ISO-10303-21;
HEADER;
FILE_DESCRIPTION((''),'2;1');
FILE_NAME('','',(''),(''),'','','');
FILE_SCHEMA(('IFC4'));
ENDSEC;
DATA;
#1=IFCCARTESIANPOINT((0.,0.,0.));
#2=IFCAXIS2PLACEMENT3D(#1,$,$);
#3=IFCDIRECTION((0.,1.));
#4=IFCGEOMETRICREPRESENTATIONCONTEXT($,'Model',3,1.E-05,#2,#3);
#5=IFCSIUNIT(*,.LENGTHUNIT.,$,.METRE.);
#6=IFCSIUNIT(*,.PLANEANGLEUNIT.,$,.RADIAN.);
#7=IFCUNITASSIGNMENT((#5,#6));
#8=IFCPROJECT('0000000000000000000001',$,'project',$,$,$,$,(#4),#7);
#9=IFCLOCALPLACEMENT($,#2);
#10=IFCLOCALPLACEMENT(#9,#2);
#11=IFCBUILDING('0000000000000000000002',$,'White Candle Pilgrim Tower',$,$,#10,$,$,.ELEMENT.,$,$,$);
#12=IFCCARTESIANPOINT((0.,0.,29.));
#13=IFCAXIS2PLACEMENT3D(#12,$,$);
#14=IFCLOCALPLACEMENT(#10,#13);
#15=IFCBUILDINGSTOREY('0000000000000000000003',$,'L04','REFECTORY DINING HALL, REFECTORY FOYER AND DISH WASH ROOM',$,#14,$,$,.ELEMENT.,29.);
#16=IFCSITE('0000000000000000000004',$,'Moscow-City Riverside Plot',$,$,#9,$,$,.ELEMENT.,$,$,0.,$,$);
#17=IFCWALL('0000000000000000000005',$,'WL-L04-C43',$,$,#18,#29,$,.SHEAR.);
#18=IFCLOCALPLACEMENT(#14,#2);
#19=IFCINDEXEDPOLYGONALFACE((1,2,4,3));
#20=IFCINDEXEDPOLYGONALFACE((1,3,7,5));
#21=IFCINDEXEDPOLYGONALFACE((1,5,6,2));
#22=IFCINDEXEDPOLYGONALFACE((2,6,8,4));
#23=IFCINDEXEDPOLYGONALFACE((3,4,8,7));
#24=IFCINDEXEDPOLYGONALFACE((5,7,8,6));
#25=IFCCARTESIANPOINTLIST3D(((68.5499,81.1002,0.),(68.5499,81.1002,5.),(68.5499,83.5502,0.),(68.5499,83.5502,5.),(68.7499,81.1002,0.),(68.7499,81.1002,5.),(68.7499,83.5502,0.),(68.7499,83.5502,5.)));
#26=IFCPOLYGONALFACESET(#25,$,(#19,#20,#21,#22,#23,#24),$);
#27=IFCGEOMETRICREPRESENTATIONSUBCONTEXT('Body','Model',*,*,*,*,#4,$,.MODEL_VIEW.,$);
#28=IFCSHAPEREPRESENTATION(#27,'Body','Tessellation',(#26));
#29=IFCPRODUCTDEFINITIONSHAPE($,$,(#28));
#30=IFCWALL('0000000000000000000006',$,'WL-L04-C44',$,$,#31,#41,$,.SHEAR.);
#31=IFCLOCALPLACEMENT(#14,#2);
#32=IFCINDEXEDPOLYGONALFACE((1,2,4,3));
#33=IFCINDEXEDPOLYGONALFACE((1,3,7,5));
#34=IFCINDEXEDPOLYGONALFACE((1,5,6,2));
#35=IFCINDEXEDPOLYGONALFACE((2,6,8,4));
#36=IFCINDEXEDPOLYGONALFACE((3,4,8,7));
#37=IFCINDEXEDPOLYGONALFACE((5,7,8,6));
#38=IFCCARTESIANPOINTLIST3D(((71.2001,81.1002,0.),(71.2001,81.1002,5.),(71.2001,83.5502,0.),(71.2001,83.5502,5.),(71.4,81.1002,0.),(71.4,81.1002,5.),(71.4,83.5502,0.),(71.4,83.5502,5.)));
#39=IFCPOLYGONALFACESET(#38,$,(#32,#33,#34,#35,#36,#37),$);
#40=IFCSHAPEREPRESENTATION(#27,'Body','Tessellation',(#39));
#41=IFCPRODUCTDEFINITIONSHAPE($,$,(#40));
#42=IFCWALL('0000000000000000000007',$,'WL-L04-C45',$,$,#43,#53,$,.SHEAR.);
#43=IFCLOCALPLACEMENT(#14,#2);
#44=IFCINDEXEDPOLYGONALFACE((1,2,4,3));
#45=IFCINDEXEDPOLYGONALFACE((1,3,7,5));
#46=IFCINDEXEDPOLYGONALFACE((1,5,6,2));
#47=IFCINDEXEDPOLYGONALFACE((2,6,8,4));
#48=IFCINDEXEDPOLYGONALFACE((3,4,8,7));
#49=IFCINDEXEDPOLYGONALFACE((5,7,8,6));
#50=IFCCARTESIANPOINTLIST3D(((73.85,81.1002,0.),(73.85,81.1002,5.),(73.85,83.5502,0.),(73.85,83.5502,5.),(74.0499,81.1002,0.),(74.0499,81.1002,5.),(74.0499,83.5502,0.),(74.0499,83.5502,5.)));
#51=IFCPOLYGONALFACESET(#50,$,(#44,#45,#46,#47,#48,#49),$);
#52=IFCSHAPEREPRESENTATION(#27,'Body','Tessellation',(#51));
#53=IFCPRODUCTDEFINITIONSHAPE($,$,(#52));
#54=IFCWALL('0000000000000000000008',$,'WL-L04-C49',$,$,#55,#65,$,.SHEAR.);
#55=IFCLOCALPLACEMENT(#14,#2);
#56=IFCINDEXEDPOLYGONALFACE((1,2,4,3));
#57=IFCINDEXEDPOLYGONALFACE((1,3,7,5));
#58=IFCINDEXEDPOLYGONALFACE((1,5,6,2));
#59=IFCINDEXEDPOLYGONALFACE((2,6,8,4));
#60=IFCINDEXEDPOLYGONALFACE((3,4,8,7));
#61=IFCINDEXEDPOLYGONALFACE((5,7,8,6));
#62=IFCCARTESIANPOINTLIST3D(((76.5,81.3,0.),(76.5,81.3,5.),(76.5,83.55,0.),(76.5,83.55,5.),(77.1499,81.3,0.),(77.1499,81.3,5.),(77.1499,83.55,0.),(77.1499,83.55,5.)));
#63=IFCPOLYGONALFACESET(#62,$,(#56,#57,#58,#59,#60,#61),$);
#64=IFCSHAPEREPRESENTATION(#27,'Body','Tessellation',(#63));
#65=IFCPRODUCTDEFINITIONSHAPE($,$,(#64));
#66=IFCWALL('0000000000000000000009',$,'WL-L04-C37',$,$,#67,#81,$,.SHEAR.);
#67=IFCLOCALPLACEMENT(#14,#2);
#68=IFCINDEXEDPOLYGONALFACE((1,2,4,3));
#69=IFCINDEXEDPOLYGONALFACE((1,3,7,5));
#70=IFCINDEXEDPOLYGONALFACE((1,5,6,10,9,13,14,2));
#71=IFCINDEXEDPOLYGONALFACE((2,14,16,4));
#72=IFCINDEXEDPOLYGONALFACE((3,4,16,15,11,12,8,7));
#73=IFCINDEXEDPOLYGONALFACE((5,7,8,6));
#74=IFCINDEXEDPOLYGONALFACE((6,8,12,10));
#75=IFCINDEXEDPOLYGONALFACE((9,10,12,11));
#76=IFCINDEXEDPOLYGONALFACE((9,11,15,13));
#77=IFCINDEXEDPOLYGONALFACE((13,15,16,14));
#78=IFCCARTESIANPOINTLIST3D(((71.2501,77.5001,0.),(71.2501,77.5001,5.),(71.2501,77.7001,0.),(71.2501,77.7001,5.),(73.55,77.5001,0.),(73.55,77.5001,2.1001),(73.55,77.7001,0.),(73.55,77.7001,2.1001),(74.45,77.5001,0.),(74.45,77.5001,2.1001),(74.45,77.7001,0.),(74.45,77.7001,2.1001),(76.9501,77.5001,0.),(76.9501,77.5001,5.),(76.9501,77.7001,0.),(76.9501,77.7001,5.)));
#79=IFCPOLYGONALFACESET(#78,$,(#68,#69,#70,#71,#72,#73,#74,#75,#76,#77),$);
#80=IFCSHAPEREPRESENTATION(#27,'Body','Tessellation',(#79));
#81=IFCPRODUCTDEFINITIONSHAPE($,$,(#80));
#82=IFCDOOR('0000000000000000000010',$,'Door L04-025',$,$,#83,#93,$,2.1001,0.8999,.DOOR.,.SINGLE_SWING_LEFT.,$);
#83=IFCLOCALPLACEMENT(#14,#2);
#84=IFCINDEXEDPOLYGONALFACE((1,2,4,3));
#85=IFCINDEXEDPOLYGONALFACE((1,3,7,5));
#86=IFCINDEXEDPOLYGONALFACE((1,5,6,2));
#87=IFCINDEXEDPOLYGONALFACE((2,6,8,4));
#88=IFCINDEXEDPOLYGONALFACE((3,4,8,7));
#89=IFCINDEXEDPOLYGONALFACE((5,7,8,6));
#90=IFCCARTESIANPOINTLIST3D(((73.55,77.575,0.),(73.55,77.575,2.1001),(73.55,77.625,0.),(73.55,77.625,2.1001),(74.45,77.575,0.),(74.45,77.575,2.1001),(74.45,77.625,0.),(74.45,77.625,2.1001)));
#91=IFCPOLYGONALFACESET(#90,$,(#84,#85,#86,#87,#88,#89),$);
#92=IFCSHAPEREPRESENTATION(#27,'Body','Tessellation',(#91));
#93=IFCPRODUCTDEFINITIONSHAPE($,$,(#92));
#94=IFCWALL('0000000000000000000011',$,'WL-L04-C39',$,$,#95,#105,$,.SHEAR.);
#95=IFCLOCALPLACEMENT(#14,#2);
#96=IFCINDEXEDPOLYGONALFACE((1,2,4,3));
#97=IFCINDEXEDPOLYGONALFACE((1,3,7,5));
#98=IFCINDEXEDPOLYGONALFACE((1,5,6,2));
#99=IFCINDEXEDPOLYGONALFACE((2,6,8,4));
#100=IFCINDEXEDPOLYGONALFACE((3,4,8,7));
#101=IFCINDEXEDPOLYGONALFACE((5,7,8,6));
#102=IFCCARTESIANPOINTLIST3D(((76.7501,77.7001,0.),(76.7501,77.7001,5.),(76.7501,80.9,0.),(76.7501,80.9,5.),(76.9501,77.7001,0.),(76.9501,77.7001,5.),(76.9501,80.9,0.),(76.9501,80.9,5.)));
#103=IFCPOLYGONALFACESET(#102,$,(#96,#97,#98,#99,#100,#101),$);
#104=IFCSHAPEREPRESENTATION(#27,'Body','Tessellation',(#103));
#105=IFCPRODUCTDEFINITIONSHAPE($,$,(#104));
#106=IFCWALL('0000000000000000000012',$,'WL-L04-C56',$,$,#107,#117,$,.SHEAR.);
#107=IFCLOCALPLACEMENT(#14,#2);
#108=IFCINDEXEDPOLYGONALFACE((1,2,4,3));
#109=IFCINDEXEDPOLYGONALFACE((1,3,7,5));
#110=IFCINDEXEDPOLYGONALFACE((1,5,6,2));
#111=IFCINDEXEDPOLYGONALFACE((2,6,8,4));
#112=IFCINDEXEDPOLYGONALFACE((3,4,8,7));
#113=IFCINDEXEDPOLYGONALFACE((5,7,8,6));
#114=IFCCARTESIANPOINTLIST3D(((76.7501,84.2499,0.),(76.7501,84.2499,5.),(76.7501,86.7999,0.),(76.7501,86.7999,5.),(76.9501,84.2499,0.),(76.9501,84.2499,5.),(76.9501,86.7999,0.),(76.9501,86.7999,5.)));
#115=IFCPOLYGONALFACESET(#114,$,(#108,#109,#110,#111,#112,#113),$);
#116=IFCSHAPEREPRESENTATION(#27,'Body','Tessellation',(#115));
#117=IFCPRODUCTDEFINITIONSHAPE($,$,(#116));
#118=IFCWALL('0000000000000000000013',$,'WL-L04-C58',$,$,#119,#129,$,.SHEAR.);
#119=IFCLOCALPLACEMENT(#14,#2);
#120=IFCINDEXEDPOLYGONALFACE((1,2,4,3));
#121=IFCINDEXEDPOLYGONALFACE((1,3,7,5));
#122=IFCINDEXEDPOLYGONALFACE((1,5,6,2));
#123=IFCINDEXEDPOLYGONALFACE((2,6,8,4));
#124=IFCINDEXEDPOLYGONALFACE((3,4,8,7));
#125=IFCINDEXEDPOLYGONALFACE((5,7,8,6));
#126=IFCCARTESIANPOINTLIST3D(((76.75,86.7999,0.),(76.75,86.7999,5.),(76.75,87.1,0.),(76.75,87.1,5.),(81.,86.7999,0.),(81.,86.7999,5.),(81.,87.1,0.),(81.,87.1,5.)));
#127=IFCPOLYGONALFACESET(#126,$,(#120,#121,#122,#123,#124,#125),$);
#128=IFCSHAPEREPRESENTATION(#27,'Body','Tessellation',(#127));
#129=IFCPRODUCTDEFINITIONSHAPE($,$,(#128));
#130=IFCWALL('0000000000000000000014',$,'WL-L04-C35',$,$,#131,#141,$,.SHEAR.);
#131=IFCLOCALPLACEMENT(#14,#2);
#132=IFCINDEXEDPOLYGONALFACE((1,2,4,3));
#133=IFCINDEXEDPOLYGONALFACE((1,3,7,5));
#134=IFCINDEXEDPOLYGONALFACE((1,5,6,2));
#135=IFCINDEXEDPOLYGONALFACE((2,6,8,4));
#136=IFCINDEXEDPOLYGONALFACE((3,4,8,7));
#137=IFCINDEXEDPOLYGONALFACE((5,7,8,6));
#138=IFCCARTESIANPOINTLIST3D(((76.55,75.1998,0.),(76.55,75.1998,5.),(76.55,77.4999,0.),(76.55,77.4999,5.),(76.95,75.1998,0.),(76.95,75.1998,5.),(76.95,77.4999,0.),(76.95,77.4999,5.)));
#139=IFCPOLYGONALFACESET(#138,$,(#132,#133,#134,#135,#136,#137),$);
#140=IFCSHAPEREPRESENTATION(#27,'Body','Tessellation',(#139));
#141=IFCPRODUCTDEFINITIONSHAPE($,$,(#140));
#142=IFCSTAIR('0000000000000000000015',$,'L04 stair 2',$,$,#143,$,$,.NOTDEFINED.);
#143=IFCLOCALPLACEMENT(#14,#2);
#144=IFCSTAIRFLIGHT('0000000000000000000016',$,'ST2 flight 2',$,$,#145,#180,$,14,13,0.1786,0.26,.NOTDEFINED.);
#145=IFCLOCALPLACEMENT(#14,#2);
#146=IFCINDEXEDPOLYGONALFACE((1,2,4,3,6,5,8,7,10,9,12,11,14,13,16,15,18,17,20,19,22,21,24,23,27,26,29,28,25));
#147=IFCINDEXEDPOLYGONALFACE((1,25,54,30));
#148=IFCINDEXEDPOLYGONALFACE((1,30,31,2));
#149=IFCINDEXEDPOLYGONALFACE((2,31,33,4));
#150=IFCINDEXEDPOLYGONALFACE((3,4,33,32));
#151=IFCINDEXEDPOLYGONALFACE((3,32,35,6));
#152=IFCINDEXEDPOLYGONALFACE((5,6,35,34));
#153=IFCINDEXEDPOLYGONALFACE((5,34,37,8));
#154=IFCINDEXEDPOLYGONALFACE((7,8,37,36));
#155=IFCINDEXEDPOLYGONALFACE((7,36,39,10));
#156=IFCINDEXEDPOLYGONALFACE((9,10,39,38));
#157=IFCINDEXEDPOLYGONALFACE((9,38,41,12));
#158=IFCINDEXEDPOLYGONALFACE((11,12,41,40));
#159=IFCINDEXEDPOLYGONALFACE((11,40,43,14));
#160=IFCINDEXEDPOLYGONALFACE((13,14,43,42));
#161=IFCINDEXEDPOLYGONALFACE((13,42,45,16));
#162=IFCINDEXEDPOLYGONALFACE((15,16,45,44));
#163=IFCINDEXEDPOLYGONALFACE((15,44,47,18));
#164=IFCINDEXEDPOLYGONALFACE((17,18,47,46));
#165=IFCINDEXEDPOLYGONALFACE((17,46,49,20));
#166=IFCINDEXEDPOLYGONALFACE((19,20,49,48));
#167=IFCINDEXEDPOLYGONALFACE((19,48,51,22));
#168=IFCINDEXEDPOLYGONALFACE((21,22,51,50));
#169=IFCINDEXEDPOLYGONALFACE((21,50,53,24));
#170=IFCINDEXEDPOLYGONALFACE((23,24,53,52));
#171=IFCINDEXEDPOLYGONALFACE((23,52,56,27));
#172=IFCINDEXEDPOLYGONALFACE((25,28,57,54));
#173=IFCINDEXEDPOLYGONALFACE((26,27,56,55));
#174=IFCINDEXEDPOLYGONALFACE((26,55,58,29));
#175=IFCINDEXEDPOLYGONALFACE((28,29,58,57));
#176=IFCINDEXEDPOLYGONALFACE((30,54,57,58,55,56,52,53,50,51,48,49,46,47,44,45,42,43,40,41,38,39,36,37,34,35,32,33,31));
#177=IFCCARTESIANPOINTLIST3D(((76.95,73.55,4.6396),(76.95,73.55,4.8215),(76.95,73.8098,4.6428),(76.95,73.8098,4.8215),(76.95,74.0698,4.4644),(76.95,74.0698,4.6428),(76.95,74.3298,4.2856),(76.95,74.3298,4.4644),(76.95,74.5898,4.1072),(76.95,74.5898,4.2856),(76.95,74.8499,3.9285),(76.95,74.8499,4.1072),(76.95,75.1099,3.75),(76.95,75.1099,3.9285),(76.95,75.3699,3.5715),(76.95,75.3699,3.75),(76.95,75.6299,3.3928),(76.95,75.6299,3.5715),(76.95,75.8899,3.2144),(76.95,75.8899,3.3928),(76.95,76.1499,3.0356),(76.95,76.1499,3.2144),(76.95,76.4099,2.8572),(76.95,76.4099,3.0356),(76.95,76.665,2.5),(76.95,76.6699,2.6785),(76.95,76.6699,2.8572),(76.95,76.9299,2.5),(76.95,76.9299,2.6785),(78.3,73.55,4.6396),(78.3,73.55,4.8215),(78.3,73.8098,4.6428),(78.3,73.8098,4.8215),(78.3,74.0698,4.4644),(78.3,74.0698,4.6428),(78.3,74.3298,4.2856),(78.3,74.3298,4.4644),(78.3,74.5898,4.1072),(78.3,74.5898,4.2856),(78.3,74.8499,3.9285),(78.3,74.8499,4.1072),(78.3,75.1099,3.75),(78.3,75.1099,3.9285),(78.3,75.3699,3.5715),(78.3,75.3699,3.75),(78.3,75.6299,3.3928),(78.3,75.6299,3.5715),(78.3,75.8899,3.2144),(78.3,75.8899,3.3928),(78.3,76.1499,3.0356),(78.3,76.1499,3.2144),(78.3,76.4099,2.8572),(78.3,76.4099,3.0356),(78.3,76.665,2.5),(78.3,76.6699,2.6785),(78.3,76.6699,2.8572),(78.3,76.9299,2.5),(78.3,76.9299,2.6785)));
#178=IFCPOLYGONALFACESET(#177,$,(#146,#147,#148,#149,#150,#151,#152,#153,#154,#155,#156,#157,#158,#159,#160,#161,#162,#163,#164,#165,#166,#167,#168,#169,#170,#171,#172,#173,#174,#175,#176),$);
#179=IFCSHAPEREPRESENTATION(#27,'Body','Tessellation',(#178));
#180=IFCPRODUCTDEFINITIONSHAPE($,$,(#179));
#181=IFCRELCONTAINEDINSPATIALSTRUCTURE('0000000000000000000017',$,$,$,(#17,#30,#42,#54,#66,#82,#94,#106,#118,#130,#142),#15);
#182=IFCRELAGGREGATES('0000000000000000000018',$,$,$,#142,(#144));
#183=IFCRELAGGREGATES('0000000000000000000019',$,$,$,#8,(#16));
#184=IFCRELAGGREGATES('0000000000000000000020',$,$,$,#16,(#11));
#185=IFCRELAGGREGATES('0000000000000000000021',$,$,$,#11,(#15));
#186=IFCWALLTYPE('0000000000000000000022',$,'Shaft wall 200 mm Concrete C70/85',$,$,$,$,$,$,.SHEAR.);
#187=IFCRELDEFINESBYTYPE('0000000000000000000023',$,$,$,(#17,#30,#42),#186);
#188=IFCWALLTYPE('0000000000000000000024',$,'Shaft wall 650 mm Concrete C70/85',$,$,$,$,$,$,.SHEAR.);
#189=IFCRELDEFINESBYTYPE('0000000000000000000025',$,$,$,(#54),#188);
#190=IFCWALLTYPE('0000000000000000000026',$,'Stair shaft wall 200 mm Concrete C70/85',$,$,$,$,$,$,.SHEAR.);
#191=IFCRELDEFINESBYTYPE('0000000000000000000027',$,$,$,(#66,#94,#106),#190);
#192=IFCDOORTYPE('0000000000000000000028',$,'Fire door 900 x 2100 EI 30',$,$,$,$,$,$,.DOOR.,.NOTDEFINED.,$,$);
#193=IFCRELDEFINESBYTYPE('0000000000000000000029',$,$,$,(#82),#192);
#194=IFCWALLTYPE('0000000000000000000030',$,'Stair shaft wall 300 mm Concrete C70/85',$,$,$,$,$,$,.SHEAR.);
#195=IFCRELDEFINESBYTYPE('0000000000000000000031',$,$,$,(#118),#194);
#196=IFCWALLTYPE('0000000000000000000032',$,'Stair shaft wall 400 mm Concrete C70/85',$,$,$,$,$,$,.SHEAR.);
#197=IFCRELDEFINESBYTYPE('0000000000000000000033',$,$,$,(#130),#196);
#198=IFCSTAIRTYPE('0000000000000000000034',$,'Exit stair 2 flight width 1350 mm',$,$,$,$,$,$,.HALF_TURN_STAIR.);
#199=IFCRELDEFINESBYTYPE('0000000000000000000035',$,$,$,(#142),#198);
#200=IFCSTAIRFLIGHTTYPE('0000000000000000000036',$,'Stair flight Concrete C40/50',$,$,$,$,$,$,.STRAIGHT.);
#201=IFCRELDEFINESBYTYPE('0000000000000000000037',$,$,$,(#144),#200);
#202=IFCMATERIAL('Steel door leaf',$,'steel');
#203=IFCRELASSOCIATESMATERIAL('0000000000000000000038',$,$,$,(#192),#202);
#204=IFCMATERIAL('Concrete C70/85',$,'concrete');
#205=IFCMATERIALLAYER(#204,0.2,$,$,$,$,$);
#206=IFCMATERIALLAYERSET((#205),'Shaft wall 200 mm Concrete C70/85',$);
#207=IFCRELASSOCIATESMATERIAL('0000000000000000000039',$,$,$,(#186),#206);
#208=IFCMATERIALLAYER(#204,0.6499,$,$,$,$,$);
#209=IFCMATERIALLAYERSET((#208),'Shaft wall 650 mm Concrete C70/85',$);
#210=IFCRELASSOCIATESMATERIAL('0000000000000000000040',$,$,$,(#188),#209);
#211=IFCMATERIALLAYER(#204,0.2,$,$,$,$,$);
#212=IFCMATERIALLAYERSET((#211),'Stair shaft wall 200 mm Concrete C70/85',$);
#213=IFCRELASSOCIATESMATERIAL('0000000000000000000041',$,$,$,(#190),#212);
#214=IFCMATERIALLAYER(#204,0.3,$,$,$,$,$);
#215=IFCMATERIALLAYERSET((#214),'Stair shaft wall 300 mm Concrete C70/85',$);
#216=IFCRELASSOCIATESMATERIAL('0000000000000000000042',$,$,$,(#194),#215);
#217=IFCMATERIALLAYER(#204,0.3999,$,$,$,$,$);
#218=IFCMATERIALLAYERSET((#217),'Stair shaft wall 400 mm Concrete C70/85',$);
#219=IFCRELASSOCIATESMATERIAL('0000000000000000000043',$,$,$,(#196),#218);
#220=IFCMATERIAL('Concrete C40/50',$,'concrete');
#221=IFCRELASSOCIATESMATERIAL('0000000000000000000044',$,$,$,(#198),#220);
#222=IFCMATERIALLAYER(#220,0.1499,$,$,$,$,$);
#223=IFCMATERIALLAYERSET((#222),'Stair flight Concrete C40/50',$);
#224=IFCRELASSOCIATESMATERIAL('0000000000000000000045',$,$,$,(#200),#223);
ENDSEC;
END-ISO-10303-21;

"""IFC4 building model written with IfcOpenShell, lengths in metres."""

from ifc_helpers import new_model, si_unit, direction, frame, frame_2d, origin, place, context, subcontext, project, spatial, polyline, rectangle, outline, extrude, material, layer, layer_set, type_object, element, fill, aggregate, save


model = new_model("IFC4")

# Units and contexts
model_context = context("Model", 3, precision=1e-05, world=origin(), true_north=direction((0.0, 1.0)))
body_context = subcontext(model_context, "Body", "Model", "MODEL_VIEW")
ifc_project = project(units=[si_unit("LENGTHUNIT", "METRE"), si_unit("PLANEANGLEUNIT", "RADIAN")], contexts=[model_context])

# Site, building, storey
site_placement = place(None, origin())
site = spatial("IfcSite", under=ifc_project, at=site_placement, Name="Moscow-City Riverside Plot", CompositionType="ELEMENT", RefElevation=0.0)
building_placement = place(site_placement, origin())
building = spatial("IfcBuilding", under=site, at=building_placement, Name="White Candle Pilgrim Tower", CompositionType="ELEMENT")
storey_placement = place(building_placement, frame((0.0, 0.0, 29.0)))
storey = spatial("IfcBuildingStorey", under=building, at=storey_placement, Name="L04", Description="REFECTORY DINING HALL, REFECTORY FOYER AND DISH WASH ROOM", CompositionType="ELEMENT", Elevation=29.0)

# Shared definitions
ifc_material_1 = material(Name="Concrete C70/85", Category="concrete")
ifc_material_2 = material(Name="Steel door leaf", Category="steel")

# Shared definitions
door_type_1 = type_object("IfcDoorType", Name="Fire door 900 x 2100 EI 30", OperationType="NOTDEFINED", PredefinedType="DOOR", material=ifc_material_2)

# Walls
ifc_layer_1 = layer(ifc_material_1, 0.2)
ifc_layer_set_1 = layer_set([ifc_layer_1], Name="Shaft wall 200 mm Concrete C70/85")
wall_type_1 = type_object("IfcWallType", Name="Shaft wall 200 mm Concrete C70/85", PredefinedType="SHEAR", material=ifc_layer_set_1)
for number, where, z_axis, x_axis, name in (
    (1, (68.6499, 81.1001, 0.0), (0.0, 0.0, 1.0), (0.0, 1.0, 0.0), "WL-L04-C43"),
    (2, (71.3, 81.1001, 0.0), (0.0, 0.0, 1.0), (0.0, 1.0, 0.0), "WL-L04-C44"),
    (3, (73.95, 81.1001, 0.0), (0.0, 0.0, 1.0), (0.0, 1.0, 0.0), "WL-L04-C45"),
):
    element("IfcWall", number, at=place(storey_placement, frame(where, z_axis=z_axis, x_axis=x_axis)), inside=storey, type_object=wall_type_1, Name=name, PredefinedType="SHEAR", context=body_context, shape_type="SweptSolid", body=[
        extrude(rectangle(XDim=2.45, YDim=0.2, at=frame_2d((1.2251, 0.0))), origin(), (0.0, 0.0, 1.0), 5.0),
    ])
ifc_layer_2 = layer(ifc_material_1, 0.6499)
ifc_layer_set_2 = layer_set([ifc_layer_2], Name="Shaft wall 650 mm Concrete C70/85")
wall_type_2 = type_object("IfcWallType", Name="Shaft wall 650 mm Concrete C70/85", PredefinedType="SHEAR", material=ifc_layer_set_2)
wall_1_placement = place(storey_placement, frame((76.825, 81.3, 0.0), z_axis=(0.0, 0.0, 1.0), x_axis=(0.0, 1.0, 0.0)))
element("IfcWall", 4, at=wall_1_placement, inside=storey, type_object=wall_type_2, Name="WL-L04-C49", PredefinedType="SHEAR", context=body_context, shape_type="SweptSolid", body=[
    extrude(rectangle(XDim=2.25, YDim=0.6499, at=frame_2d((1.125, 0.0))), origin(), (0.0, 0.0, 1.0), 5.0),
])

# Wall, opening, door
ifc_layer_3 = layer(ifc_material_1, 0.2)
ifc_layer_set_3 = layer_set([ifc_layer_3], Name="Stair shaft wall 200 mm Concrete C70/85")
wall_type_3 = type_object("IfcWallType", Name="Stair shaft wall 200 mm Concrete C70/85", PredefinedType="SHEAR", material=ifc_layer_set_3)
wall_2_placement = place(storey_placement, frame((71.25, 77.6001, 0.0), z_axis=(0.0, 0.0, 1.0), x_axis=(1.0, 0.0, 0.0)))
wall_2 = element("IfcWall", 5, at=wall_2_placement, inside=storey, type_object=wall_type_3, Name="WL-L04-C37", PredefinedType="SHEAR", context=body_context, shape_type="SweptSolid", body=[
    extrude(rectangle(XDim=5.7, YDim=0.2, at=frame_2d((2.8501, 0.0))), origin(), (0.0, 0.0, 1.0), 5.0),
])
opening_1_placement = place(wall_2_placement, frame((2.3, 0.0, 0.0)))
opening_1 = element("IfcOpeningElement", 6, at=opening_1_placement, cuts=wall_2, PredefinedType="OPENING", context=body_context, shape_type="SweptSolid", body=[
    extrude(rectangle(XDim=0.8999, YDim=2.1001, at=frame_2d((0.45, 1.05))), frame((0.0, 0.1099, 0.0), z_axis=(0.0, -1.0, 0.0), x_axis=(1.0, 0.0, 0.0)), (0.0, 0.0, 1.0), 0.22),
])
door_1_placement = place(opening_1_placement, origin())
door_1 = element("IfcDoor", 7, at=door_1_placement, inside=storey, type_object=door_type_1, Name="Door L04-025", OperationType="SINGLE_SWING_LEFT", OverallHeight=2.1001, OverallWidth=0.8999, PredefinedType="DOOR", context=body_context, shape_type="SweptSolid", body=[
    extrude(rectangle(XDim=0.8999, YDim=2.1001, at=frame_2d((0.45, 1.05))), frame((0.0, 0.0249, 0.0), z_axis=(0.0, -1.0, 0.0), x_axis=(1.0, 0.0, 0.0)), (0.0, 0.0, 1.0), 0.05),
])
fill(opening_1, door_1)

# Walls
wall_3_placement = place(storey_placement, frame((76.8501, 77.7, 0.0), z_axis=(0.0, 0.0, 1.0), x_axis=(0.0, 1.0, 0.0)))
element("IfcWall", 8, at=wall_3_placement, inside=storey, type_object=wall_type_3, Name="WL-L04-C39", PredefinedType="SHEAR", context=body_context, shape_type="SweptSolid", body=[
    extrude(rectangle(XDim=3.2, YDim=0.2, at=frame_2d((1.6001, 0.0))), origin(), (0.0, 0.0, 1.0), 5.0),
])
wall_4_placement = place(storey_placement, frame((76.8501, 84.25, 0.0), z_axis=(0.0, 0.0, 1.0), x_axis=(0.0, 1.0, 0.0)))
element("IfcWall", 9, at=wall_4_placement, inside=storey, type_object=wall_type_3, Name="WL-L04-C56", PredefinedType="SHEAR", context=body_context, shape_type="SweptSolid", body=[
    extrude(rectangle(XDim=2.55, YDim=0.2, at=frame_2d((1.2749, 0.0))), origin(), (0.0, 0.0, 1.0), 5.0),
])
ifc_layer_4 = layer(ifc_material_1, 0.3)
ifc_layer_set_4 = layer_set([ifc_layer_4], Name="Stair shaft wall 300 mm Concrete C70/85")
wall_type_4 = type_object("IfcWallType", Name="Stair shaft wall 300 mm Concrete C70/85", PredefinedType="SHEAR", material=ifc_layer_set_4)
wall_5_placement = place(storey_placement, frame((76.75, 86.95, 0.0), z_axis=(0.0, 0.0, 1.0), x_axis=(1.0, 0.0, 0.0)))
element("IfcWall", 10, at=wall_5_placement, inside=storey, type_object=wall_type_4, Name="WL-L04-C58", PredefinedType="SHEAR", context=body_context, shape_type="SweptSolid", body=[
    extrude(rectangle(XDim=4.25, YDim=0.3, at=frame_2d((2.125, 0.0))), origin(), (0.0, 0.0, 1.0), 5.0),
])
ifc_layer_5 = layer(ifc_material_1, 0.3999)
ifc_layer_set_5 = layer_set([ifc_layer_5], Name="Stair shaft wall 400 mm Concrete C70/85")
wall_type_5 = type_object("IfcWallType", Name="Stair shaft wall 400 mm Concrete C70/85", PredefinedType="SHEAR", material=ifc_layer_set_5)
wall_6_placement = place(storey_placement, frame((76.75, 75.2, 0.0), z_axis=(0.0, 0.0, 1.0), x_axis=(0.0, 1.0, 0.0)))
element("IfcWall", 11, at=wall_6_placement, inside=storey, type_object=wall_type_5, Name="WL-L04-C35", PredefinedType="SHEAR", context=body_context, shape_type="SweptSolid", body=[
    extrude(rectangle(XDim=2.3, YDim=0.3999, at=frame_2d((1.1499, 0.0))), origin(), (0.0, 0.0, 1.0), 5.0),
])

# Stair, stair flight
ifc_material_3 = material(Name="Concrete C40/50", Category="concrete")
stair_type_1 = type_object("IfcStairType", Name="Exit stair 2 flight width 1350 mm", PredefinedType="HALF_TURN_STAIR", material=ifc_material_3)
stair_1_placement = place(storey_placement, origin())
stair_1 = element("IfcStair", 12, at=stair_1_placement, inside=storey, type_object=stair_type_1, Name="L04 stair 2", PredefinedType="NOTDEFINED")
ifc_layer_6 = layer(ifc_material_3, 0.1499)
ifc_layer_set_6 = layer_set([ifc_layer_6], Name="Stair flight Concrete C40/50")
stair_flight_type = type_object("IfcStairFlightType", Name="Stair flight Concrete C40/50", PredefinedType="STRAIGHT", material=ifc_layer_set_6)
stair_flight_1_placement = place(storey_placement, frame((77.625, 76.9299, 2.5), z_axis=(0.0, 0.0, 1.0), x_axis=(0.0, -1.0, 0.0)))
stair_flight_1 = element("IfcStairFlight", 13, at=stair_flight_1_placement, type_object=stair_flight_type, Name="ST2 flight 2", NumberOfRisers=14, NumberOfTreads=13, PredefinedType="NOTDEFINED", RiserHeight=0.1786, TreadLength=0.26, context=body_context, shape_type="SweptSolid", body=[
    extrude(outline(polyline([(0.0, 0.0), (0.0, 0.1785), (0.26, 0.1785), (0.26, 0.3572), (0.52, 0.3572), (0.52, 0.5356), (0.78, 0.5356), (0.78, 0.7144), (1.04, 0.7144), (1.04, 0.8928), (1.3, 0.8928), (1.3, 1.0715), (1.5601, 1.0715), (1.5601, 1.25), (1.8201, 1.25), (1.8201, 1.4285), (2.0801, 1.4285), (2.0801, 1.6072), (2.3401, 1.6072), (2.3401, 1.7856), (2.6001, 1.7856), (2.6001, 1.9644), (2.8601, 1.9644), (2.8601, 2.1428), (3.1201, 2.1428), (3.1201, 2.3215), (3.3799, 2.3215), (3.3799, 2.5), (3.3799, 2.1396), (0.2649, 0.0), (0.0, 0.0)])), frame((0.0, 0.675, 0.0), z_axis=(0.0, -1.0, 0.0), x_axis=(1.0, 0.0, 0.0)), (0.0, 0.0, 1.0), 1.3501),
])
aggregate(stair_1, [stair_flight_1])

save(model, "model.ifc")
